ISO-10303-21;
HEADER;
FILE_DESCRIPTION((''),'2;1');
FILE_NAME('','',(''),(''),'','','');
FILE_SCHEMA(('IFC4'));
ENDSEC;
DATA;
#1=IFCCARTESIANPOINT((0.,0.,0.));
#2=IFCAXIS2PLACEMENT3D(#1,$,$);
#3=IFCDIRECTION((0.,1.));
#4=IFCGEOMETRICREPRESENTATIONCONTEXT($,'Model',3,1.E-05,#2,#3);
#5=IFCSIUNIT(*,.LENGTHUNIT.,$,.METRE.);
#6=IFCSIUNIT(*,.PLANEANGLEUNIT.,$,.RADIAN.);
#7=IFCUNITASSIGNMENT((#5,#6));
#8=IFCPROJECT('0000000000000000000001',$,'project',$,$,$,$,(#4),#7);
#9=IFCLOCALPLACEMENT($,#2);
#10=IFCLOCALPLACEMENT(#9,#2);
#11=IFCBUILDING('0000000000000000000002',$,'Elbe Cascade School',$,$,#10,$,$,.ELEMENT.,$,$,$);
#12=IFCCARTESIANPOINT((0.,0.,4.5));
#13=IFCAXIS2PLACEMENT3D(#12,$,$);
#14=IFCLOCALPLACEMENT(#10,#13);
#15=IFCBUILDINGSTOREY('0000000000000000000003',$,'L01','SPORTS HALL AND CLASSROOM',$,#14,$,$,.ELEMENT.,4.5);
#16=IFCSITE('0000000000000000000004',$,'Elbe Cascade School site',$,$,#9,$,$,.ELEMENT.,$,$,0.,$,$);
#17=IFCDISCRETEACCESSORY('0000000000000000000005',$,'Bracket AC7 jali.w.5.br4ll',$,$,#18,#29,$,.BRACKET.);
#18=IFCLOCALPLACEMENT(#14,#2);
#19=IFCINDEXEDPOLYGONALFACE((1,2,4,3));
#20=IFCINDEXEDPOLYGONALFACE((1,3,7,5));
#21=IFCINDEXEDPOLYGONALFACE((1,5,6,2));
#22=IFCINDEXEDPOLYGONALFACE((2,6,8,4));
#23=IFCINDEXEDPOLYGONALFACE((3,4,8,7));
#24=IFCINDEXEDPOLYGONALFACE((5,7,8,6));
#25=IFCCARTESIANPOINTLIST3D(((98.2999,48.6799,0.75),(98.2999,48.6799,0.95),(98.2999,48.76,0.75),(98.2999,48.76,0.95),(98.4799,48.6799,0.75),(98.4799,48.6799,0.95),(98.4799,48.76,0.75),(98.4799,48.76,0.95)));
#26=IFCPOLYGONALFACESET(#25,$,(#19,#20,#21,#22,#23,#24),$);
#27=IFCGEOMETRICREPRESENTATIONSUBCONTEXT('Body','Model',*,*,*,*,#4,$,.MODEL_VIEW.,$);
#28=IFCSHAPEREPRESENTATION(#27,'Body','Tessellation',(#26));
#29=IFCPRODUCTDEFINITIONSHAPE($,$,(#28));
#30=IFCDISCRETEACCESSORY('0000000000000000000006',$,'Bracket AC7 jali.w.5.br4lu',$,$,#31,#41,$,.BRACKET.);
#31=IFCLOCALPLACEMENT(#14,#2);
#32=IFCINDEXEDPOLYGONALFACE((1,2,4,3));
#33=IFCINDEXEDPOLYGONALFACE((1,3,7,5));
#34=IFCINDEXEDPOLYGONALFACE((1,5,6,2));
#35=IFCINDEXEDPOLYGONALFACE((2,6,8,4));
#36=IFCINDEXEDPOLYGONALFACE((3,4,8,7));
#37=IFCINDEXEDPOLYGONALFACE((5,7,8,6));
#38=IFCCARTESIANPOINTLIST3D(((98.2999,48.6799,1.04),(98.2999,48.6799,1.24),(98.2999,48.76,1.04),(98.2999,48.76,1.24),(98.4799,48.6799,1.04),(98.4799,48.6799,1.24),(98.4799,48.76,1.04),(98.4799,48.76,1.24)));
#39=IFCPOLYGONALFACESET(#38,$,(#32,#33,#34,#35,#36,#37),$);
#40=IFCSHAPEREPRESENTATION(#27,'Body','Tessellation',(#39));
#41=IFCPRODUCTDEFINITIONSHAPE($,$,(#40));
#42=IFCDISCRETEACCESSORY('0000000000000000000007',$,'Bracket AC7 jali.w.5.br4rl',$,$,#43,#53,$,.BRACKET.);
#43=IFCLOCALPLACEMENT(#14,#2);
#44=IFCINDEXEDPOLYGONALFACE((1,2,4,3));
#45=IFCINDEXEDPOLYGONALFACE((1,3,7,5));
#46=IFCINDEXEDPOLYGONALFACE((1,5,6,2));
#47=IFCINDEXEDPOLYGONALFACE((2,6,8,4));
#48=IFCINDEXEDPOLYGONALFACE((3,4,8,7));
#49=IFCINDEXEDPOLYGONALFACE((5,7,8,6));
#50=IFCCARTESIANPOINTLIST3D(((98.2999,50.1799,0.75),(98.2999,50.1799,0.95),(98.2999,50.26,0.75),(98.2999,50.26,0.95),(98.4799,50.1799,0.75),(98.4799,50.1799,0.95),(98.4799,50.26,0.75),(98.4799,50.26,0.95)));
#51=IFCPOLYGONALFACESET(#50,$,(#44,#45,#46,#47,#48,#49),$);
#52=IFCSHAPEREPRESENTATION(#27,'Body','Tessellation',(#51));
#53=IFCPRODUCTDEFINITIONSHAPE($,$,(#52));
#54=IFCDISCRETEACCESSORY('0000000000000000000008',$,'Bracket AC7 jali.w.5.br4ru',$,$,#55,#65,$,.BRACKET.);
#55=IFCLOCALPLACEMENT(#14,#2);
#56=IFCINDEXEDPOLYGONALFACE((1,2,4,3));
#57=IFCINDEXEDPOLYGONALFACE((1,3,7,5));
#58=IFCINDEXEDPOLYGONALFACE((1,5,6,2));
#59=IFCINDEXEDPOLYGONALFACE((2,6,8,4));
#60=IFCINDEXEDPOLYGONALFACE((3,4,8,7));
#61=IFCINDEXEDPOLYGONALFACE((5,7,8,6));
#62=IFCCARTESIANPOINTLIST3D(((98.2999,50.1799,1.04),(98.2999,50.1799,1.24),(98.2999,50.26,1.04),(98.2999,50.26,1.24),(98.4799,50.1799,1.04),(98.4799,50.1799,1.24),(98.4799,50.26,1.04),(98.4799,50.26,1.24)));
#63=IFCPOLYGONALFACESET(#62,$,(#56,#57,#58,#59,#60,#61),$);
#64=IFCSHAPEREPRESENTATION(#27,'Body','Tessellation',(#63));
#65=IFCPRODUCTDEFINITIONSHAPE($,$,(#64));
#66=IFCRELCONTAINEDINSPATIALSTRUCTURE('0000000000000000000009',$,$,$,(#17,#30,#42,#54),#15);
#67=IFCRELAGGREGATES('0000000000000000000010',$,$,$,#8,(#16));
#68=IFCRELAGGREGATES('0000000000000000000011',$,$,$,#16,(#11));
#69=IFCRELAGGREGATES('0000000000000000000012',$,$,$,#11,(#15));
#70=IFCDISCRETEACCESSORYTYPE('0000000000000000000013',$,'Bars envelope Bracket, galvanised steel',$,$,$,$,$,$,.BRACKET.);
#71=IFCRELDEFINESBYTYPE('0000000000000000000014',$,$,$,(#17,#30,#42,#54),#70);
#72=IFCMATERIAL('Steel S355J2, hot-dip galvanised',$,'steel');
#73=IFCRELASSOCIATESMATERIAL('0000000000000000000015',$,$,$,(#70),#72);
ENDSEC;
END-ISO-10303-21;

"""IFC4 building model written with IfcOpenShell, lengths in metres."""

from ifc_helpers import new_model, si_unit, direction, frame, origin, origin_2d, place, context, subcontext, project, spatial, rectangle, extrude, material, type_object, element, save


model = new_model("IFC4")

# Units and contexts
model_context = context("Model", 3, precision=1e-05, world=origin(), true_north=direction((0.0, 1.0)))
body_context = subcontext(model_context, "Body", "Model", "MODEL_VIEW")
ifc_project = project(units=[si_unit("LENGTHUNIT", "METRE"), si_unit("PLANEANGLEUNIT", "RADIAN")], contexts=[model_context])

# Site, building, storey
site_placement = place(None, origin())
site = spatial("IfcSite", under=ifc_project, at=site_placement, Name="Elbe Cascade School site", CompositionType="ELEMENT", RefElevation=0.0)
building_placement = place(site_placement, origin())
building = spatial("IfcBuilding", under=site, at=building_placement, Name="Elbe Cascade School", CompositionType="ELEMENT")
storey_placement = place(building_placement, frame((0.0, 0.0, 4.5)))
storey = spatial("IfcBuildingStorey", under=building, at=storey_placement, Name="L01", Description="SPORTS HALL AND CLASSROOM", CompositionType="ELEMENT", Elevation=4.5)

# Discrete accessories
ifc_material_1 = material(Name="Steel S355J2, hot-dip galvanised", Category="steel")
discrete_accessory_type = type_object("IfcDiscreteAccessoryType", Name="Bars envelope Bracket, galvanised steel", PredefinedType="BRACKET", material=ifc_material_1)
for number, where, z_axis, x_axis, name in (
    (1, (98.3899, 48.72, 0.75), (0.0, 0.0, 1.0), (0.0, 1.0, 0.0), "Bracket AC7 jali.w.5.br4ll"),
    (2, (98.3899, 48.72, 1.04), (0.0, 0.0, 1.0), (0.0, 1.0, 0.0), "Bracket AC7 jali.w.5.br4lu"),
    (3, (98.3899, 50.22, 0.75), (0.0, 0.0, 1.0), (0.0, 1.0, 0.0), "Bracket AC7 jali.w.5.br4rl"),
    (4, (98.3899, 50.22, 1.04), (0.0, 0.0, 1.0), (0.0, 1.0, 0.0), "Bracket AC7 jali.w.5.br4ru"),
):
    element("IfcDiscreteAccessory", number, at=place(storey_placement, frame(where, z_axis=z_axis, x_axis=x_axis)), inside=storey, type_object=discrete_accessory_type, Name=name, PredefinedType="BRACKET", context=body_context, shape_type="SweptSolid", body=[
        extrude(rectangle(XDim=0.0801, YDim=0.1799, at=origin_2d()), origin(), (0.0, 0.0, 1.0), 0.2),
    ])

save(model, "model.ifc")
